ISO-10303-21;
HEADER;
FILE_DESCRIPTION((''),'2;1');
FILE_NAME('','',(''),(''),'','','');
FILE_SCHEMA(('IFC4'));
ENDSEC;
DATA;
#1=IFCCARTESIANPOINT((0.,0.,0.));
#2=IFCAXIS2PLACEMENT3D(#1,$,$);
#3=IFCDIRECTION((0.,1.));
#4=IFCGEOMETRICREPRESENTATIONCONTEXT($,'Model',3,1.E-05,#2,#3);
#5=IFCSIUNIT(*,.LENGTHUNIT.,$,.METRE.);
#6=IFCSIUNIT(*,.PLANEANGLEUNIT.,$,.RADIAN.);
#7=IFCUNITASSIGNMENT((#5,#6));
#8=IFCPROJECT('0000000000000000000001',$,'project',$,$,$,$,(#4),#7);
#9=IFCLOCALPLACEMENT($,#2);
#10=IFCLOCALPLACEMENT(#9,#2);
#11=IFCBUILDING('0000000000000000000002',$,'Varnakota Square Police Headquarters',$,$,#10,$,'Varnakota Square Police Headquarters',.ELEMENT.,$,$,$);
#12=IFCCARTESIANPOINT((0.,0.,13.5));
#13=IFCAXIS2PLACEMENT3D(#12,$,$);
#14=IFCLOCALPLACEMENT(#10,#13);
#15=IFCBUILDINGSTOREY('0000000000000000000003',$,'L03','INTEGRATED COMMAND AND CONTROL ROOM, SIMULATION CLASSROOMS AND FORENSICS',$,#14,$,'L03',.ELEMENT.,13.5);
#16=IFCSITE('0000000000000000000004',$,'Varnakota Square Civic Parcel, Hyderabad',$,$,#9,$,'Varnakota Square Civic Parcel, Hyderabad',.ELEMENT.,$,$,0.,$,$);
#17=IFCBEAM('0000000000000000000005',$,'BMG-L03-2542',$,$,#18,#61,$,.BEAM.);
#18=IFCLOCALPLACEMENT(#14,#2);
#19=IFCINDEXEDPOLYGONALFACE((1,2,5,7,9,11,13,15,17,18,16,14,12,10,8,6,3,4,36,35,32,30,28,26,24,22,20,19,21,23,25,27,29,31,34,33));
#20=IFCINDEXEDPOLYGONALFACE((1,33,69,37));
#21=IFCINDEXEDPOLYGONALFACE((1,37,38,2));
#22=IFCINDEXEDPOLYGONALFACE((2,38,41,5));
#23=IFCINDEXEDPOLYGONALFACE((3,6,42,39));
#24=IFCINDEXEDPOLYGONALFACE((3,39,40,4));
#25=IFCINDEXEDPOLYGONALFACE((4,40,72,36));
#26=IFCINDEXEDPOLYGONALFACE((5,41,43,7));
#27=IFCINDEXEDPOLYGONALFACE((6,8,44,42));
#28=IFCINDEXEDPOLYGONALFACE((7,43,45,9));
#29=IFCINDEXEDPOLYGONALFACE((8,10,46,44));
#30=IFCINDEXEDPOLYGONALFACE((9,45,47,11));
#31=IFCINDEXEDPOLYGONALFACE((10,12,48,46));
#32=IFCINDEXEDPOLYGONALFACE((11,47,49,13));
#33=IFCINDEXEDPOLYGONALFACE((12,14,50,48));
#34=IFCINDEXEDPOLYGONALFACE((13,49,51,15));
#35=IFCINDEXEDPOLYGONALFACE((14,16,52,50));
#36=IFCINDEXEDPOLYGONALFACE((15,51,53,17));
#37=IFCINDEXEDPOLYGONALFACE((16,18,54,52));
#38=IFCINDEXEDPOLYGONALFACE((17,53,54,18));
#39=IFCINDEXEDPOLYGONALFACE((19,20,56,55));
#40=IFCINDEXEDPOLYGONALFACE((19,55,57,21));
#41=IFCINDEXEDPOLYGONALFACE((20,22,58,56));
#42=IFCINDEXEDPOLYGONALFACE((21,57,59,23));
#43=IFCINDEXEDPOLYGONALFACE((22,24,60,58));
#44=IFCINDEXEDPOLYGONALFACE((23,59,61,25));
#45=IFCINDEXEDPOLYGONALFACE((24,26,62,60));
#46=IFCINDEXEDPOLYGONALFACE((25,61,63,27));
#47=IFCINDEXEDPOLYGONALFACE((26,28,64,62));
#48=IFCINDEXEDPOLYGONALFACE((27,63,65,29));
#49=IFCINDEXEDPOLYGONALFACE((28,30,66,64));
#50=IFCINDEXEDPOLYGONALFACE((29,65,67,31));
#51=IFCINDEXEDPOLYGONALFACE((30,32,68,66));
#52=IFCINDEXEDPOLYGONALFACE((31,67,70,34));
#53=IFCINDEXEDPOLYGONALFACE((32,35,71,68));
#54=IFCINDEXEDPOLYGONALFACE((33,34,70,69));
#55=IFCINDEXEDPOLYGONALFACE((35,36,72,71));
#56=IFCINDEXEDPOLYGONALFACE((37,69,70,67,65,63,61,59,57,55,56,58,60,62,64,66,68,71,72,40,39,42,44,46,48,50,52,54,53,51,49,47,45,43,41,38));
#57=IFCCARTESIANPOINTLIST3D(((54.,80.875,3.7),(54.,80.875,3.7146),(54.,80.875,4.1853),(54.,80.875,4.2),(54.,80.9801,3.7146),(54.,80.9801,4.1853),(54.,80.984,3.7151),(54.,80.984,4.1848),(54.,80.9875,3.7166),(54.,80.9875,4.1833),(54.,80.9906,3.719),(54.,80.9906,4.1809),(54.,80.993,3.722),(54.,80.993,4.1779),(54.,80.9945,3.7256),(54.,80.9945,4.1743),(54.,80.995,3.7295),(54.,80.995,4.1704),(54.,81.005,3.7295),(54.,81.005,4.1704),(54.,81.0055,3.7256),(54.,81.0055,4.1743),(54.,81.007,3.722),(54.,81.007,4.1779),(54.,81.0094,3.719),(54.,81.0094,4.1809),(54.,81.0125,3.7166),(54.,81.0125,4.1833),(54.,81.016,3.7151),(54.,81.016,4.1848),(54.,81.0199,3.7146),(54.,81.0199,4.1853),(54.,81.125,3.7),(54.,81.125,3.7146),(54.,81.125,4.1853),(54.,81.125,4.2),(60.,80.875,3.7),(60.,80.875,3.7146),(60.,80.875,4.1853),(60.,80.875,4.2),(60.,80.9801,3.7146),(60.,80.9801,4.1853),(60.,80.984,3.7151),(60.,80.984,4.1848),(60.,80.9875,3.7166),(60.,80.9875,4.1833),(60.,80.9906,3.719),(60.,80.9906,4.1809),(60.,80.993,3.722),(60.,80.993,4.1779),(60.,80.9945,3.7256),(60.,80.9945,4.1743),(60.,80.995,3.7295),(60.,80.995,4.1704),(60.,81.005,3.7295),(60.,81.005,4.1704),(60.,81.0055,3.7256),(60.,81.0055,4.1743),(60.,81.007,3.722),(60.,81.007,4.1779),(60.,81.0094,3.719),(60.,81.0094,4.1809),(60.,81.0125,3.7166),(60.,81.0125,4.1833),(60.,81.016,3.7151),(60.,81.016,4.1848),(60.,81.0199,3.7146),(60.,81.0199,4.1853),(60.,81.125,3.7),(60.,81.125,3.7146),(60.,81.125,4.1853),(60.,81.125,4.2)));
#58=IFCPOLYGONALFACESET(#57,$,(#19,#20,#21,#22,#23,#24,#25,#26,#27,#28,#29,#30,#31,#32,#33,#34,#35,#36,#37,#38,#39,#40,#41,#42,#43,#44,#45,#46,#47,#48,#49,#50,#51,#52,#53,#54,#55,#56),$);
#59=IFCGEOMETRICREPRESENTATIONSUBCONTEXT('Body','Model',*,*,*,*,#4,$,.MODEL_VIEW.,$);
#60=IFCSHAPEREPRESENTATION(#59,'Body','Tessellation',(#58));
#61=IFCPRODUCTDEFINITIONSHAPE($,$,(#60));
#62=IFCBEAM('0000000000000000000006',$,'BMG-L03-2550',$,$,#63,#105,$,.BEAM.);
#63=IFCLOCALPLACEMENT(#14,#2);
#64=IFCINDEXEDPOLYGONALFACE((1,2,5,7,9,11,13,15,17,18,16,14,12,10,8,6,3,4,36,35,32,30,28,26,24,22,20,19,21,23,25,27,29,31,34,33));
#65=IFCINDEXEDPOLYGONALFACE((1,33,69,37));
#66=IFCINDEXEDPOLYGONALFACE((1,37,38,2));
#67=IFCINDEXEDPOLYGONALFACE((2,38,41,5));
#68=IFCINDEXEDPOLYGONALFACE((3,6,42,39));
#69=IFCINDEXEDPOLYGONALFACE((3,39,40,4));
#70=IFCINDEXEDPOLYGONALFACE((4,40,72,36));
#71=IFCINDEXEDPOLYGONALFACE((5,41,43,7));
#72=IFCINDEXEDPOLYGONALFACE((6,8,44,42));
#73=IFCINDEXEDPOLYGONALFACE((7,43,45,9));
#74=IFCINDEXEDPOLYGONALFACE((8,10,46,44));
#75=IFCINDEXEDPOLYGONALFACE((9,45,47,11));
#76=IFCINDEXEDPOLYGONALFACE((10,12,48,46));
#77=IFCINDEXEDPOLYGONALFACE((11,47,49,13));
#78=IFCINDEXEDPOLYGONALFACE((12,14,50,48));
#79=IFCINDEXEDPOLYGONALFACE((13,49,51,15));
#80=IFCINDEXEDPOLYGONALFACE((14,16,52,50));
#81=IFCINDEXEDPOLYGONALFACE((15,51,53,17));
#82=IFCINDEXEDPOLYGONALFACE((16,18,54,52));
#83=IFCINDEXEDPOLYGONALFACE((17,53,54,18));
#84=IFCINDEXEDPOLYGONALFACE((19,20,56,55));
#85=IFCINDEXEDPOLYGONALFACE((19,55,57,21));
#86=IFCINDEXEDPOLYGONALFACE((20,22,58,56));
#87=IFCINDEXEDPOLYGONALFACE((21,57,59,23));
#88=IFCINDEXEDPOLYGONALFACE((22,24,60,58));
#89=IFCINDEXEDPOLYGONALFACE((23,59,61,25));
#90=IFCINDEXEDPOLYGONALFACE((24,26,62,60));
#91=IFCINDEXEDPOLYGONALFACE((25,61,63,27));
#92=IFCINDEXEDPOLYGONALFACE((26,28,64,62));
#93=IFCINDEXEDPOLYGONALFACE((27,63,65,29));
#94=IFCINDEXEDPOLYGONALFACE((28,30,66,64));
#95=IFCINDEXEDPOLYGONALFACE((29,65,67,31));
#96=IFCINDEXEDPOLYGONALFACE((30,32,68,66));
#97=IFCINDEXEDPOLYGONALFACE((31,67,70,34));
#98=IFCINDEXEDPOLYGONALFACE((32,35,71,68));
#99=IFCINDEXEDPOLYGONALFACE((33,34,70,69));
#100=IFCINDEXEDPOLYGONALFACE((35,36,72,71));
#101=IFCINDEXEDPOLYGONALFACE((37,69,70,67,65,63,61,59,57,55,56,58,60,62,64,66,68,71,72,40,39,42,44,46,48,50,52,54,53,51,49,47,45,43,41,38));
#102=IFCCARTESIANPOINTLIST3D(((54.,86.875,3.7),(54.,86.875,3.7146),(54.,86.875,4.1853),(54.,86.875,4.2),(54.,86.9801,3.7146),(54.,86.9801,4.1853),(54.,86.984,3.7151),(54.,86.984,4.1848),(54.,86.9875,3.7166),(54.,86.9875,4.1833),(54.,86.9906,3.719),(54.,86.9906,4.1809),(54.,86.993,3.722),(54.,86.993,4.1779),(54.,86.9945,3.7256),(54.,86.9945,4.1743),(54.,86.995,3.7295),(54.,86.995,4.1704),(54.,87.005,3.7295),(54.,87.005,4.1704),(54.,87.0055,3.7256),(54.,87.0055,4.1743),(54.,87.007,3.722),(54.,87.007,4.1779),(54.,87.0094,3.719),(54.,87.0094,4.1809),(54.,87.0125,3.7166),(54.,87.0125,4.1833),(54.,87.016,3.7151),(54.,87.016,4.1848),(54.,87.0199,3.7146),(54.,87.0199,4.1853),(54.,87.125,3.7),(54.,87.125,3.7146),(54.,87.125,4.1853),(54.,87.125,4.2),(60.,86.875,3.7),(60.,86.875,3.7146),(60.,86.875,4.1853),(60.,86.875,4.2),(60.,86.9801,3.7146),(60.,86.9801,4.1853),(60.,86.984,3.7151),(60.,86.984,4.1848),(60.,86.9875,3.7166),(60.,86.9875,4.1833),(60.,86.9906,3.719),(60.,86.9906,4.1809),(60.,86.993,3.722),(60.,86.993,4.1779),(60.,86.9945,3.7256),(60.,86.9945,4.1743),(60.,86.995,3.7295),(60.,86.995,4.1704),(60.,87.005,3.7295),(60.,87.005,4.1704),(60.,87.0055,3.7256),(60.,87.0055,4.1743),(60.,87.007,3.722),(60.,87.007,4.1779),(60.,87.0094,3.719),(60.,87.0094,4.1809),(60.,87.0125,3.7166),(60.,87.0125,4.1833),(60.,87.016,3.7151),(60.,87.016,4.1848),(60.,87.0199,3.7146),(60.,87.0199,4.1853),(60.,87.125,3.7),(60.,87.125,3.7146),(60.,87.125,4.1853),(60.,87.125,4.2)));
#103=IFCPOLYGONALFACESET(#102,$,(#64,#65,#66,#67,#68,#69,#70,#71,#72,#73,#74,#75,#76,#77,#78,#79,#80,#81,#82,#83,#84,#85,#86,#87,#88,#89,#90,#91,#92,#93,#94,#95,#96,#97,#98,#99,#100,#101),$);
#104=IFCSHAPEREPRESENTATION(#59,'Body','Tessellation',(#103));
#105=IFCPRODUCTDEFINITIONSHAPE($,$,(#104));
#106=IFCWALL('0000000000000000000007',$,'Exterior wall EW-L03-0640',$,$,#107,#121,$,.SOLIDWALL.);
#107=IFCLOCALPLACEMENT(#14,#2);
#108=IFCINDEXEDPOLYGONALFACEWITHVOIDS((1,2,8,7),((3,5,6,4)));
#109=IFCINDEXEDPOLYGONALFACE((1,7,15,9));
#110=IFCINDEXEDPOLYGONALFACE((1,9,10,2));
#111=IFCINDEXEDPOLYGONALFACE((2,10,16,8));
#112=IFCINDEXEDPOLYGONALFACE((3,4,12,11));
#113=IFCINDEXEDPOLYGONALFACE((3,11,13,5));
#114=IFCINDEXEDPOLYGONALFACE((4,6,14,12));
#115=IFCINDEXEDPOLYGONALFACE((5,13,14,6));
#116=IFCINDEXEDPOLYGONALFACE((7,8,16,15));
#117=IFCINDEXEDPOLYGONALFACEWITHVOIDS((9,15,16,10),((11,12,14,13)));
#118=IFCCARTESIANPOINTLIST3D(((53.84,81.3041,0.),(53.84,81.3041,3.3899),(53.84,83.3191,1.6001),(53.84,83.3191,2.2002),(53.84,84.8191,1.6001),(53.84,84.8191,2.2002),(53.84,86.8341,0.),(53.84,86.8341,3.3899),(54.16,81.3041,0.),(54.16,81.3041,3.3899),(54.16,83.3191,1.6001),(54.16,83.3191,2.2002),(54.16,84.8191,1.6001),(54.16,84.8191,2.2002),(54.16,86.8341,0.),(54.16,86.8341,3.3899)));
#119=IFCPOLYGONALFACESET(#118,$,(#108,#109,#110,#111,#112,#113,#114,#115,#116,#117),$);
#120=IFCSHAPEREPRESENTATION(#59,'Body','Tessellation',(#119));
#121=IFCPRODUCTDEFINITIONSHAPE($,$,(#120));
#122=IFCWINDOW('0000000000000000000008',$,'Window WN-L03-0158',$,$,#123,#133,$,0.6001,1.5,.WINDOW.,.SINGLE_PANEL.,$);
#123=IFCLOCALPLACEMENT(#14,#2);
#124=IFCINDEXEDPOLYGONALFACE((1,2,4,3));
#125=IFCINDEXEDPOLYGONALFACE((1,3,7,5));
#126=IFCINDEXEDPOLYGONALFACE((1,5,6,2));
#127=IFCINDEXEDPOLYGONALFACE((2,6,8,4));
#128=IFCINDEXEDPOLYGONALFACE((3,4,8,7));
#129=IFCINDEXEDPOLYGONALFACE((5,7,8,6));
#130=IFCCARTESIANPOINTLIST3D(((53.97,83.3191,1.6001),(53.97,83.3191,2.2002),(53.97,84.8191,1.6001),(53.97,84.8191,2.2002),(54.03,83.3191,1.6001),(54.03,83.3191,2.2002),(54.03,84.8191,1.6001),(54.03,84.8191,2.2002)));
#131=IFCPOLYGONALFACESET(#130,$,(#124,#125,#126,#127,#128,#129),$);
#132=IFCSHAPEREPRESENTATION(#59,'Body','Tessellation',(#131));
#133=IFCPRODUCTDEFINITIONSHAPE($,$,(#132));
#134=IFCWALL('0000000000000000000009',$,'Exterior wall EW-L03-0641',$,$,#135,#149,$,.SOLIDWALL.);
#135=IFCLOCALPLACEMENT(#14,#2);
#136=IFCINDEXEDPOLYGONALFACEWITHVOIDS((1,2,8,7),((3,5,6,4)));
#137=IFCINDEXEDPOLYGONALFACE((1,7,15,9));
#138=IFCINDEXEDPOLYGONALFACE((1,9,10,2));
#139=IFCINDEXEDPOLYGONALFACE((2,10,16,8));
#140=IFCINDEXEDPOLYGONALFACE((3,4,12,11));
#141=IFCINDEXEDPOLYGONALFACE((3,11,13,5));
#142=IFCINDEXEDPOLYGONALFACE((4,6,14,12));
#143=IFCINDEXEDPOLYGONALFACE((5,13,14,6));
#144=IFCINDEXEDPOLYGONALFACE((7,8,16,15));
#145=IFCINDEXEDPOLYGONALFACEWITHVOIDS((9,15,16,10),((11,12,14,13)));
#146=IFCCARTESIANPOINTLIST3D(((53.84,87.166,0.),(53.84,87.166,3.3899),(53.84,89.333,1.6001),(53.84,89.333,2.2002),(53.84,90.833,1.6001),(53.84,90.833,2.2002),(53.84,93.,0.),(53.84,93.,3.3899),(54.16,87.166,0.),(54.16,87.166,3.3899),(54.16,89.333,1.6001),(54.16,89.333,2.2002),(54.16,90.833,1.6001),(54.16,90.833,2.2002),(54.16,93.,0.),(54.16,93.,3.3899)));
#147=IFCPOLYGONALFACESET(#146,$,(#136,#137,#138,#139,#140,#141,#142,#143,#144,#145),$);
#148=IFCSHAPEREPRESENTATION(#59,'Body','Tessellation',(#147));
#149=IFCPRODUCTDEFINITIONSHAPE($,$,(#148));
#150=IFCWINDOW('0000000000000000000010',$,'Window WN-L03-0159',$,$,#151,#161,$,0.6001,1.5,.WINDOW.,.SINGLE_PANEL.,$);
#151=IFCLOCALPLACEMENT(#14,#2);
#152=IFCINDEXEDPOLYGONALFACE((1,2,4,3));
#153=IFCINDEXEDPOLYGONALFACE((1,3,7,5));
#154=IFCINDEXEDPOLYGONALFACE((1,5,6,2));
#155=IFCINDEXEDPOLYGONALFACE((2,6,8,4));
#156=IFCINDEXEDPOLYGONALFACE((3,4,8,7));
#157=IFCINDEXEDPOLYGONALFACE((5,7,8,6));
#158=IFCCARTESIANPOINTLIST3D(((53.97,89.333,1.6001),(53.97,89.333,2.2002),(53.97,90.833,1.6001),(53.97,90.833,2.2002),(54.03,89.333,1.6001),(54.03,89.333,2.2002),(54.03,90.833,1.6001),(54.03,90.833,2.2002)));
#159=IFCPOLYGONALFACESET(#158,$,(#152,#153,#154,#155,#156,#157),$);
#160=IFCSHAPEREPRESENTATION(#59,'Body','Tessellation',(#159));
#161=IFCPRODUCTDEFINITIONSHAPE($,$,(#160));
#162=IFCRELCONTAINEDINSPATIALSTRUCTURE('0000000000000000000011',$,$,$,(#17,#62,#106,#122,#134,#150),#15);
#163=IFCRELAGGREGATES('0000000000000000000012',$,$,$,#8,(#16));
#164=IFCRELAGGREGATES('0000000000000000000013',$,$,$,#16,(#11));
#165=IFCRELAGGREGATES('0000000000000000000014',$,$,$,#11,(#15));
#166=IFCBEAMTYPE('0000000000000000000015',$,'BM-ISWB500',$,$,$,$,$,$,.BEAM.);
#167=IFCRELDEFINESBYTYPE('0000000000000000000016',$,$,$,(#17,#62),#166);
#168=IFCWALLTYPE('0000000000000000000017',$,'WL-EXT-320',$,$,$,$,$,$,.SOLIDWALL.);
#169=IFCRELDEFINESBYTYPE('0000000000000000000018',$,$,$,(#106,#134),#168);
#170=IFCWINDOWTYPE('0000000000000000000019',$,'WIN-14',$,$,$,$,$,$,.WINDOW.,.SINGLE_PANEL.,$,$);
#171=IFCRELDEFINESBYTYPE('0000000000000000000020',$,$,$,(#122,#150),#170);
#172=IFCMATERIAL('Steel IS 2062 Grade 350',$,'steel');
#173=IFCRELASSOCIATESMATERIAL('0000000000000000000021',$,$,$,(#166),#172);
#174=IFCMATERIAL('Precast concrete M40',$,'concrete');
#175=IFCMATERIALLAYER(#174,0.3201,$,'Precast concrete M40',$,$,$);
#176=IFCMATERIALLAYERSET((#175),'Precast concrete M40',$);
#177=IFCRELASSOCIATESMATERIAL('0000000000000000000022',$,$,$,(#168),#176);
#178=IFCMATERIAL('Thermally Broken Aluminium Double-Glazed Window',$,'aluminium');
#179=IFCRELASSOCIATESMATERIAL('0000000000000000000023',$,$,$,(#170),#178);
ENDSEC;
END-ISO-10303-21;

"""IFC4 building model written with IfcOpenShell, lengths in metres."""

from ifc_helpers import new_model, si_unit, direction, frame, frame_2d, origin, origin_2d, place, context, subcontext, project, spatial, rectangle, i_section, extrude, material, layer, layer_set, material_profile, profile_set, type_object, element, fill, save


model = new_model("IFC4")

# Units and contexts
model_context = context("Model", 3, precision=1e-05, world=origin(), true_north=direction((0.0, 1.0)))
body_context = subcontext(model_context, "Body", "Model", "MODEL_VIEW")
ifc_project = project(units=[si_unit("LENGTHUNIT", "METRE"), si_unit("PLANEANGLEUNIT", "RADIAN")], contexts=[model_context])

# Site, building, storey
site_placement = place(None, origin())
site = spatial("IfcSite", under=ifc_project, at=site_placement, Name="Varnakota Square Civic Parcel, Hyderabad", LongName="Varnakota Square Civic Parcel, Hyderabad", CompositionType="ELEMENT", RefElevation=0.0)
building_placement = place(site_placement, origin())
building = spatial("IfcBuilding", under=site, at=building_placement, Name="Varnakota Square Police Headquarters", LongName="Varnakota Square Police Headquarters", CompositionType="ELEMENT")
storey_placement = place(building_placement, frame((0.0, 0.0, 13.5)))
storey = spatial("IfcBuildingStorey", under=building, at=storey_placement, Name="L03", Description="INTEGRATED COMMAND AND CONTROL ROOM, SIMULATION CLASSROOMS AND FORENSICS", LongName="L03", CompositionType="ELEMENT", Elevation=13.5)

# Shared definitions
ifc_material_1 = material(Name="Steel IS 2062 Grade 350", Category="steel")

# Beams
ifc_material_profile_1 = material_profile(ifc_material_1, i_section(OverallWidth=0.25, OverallDepth=0.5, WebThickness=0.01, FlangeThickness=0.0146, FilletRadius=0.0149, at=origin_2d()), Name="ISWB 500")
ifc_profile_set_1 = profile_set([ifc_material_profile_1], Name="Steel IS 2062 Grade 350")
beam_type_1 = type_object("IfcBeamType", Name="BM-ISWB500", PredefinedType="BEAM", material=ifc_profile_set_1)
for number, where, z_axis, x_axis, name in (
    (1, (54.0, 81.0, 3.95), (1.0, 0.0, 0.0), (0.0, 1.0, 0.0), "BMG-L03-2542"),
    (2, (54.0, 87.0, 3.95), (1.0, 0.0, 0.0), (0.0, 1.0, 0.0), "BMG-L03-2550"),
):
    element("IfcBeam", number, at=place(storey_placement, frame(where, z_axis=z_axis, x_axis=x_axis)), inside=storey, type_object=beam_type_1, Name=name, PredefinedType="BEAM", context=body_context, shape_type="SweptSolid", body=[
        extrude(i_section(OverallWidth=0.25, OverallDepth=0.5, WebThickness=0.01, FlangeThickness=0.0146, FilletRadius=0.0149, at=origin_2d()), origin(), (0.0, 0.0, 1.0), 6.0),
    ])

# Walls, openings, windows
ifc_material_2 = material(Name="Precast concrete M40", Category="concrete")
ifc_layer_1 = layer(ifc_material_2, 0.3201, Name="Precast concrete M40")
ifc_layer_set_1 = layer_set([ifc_layer_1], Name="Precast concrete M40")
wall_type = type_object("IfcWallType", Name="WL-EXT-320", PredefinedType="SOLIDWALL", material=ifc_layer_set_1)
wall_1_placement = place(storey_placement, frame((54.0, 81.304, 0.0), z_axis=(0.0, 0.0, 1.0), x_axis=(0.0, 1.0, 0.0)))
wall_1 = element("IfcWall", 3, at=wall_1_placement, inside=storey, type_object=wall_type, Name="Exterior wall EW-L03-0640", PredefinedType="SOLIDWALL", context=body_context, shape_type="SweptSolid", body=[
    extrude(rectangle(XDim=5.53, YDim=0.3201, at=frame_2d((2.7651, 0.0))), origin(), (0.0, 0.0, 1.0), 3.3899),
])
opening_1_placement = place(wall_1_placement, frame((2.0151, 0.0, 1.6001)))
opening_1 = element("IfcOpeningElement", 4, at=opening_1_placement, cuts=wall_1, PredefinedType="OPENING", context=body_context, shape_type="SweptSolid", body=[
    extrude(rectangle(XDim=1.5, YDim=0.6001, at=frame_2d((0.75, 0.3))), frame((0.0, 0.1699, 0.0), z_axis=(0.0, -1.0, 0.0), x_axis=(1.0, 0.0, 0.0)), (0.0, 0.0, 1.0), 0.3401),
])
ifc_material_3 = material(Name="Thermally Broken Aluminium Double-Glazed Window", Category="aluminium")
window_type = type_object("IfcWindowType", Name="WIN-14", PartitioningType="SINGLE_PANEL", PredefinedType="WINDOW", material=ifc_material_3)
window_1_placement = place(opening_1_placement, origin())
window_1 = element("IfcWindow", 5, at=window_1_placement, inside=storey, type_object=window_type, Name="Window WN-L03-0158", OverallHeight=0.6001, OverallWidth=1.5, PartitioningType="SINGLE_PANEL", PredefinedType="WINDOW", context=body_context, shape_type="SweptSolid", body=[
    extrude(rectangle(XDim=1.5, YDim=0.6001, at=frame_2d((0.75, 0.3))), frame((0.0, 0.03, 0.0), z_axis=(0.0, -1.0, 0.0), x_axis=(1.0, 0.0, 0.0)), (0.0, 0.0, 1.0), 0.0601),
])
fill(opening_1, window_1)
wall_2_placement = place(storey_placement, frame((54.0, 87.166, 0.0), z_axis=(0.0, 0.0, 1.0), x_axis=(0.0, 1.0, 0.0)))
wall_2 = element("IfcWall", 6, at=wall_2_placement, inside=storey, type_object=wall_type, Name="Exterior wall EW-L03-0641", PredefinedType="SOLIDWALL", context=body_context, shape_type="SweptSolid", body=[
    extrude(rectangle(XDim=5.834, YDim=0.3201, at=frame_2d((2.917, 0.0))), origin(), (0.0, 0.0, 1.0), 3.3899),
])
opening_2_placement = place(wall_2_placement, frame((2.167, 0.0, 1.6001)))
opening_2 = element("IfcOpeningElement", 7, at=opening_2_placement, cuts=wall_2, PredefinedType="OPENING", context=body_context, shape_type="SweptSolid", body=[
    extrude(rectangle(XDim=1.5, YDim=0.6001, at=frame_2d((0.75, 0.3))), frame((0.0, 0.1699, 0.0), z_axis=(0.0, -1.0, 0.0), x_axis=(1.0, 0.0, 0.0)), (0.0, 0.0, 1.0), 0.3401),
])
window_2_placement = place(opening_2_placement, origin())
window_2 = element("IfcWindow", 8, at=window_2_placement, inside=storey, type_object=window_type, Name="Window WN-L03-0159", OverallHeight=0.6001, OverallWidth=1.5, PartitioningType="SINGLE_PANEL", PredefinedType="WINDOW", context=body_context, shape_type="SweptSolid", body=[
    extrude(rectangle(XDim=1.5, YDim=0.6001, at=frame_2d((0.75, 0.3))), frame((0.0, 0.03, 0.0), z_axis=(0.0, -1.0, 0.0), x_axis=(1.0, 0.0, 0.0)), (0.0, 0.0, 1.0), 0.0601),
])
fill(opening_2, window_2)

save(model, "model.ifc")
